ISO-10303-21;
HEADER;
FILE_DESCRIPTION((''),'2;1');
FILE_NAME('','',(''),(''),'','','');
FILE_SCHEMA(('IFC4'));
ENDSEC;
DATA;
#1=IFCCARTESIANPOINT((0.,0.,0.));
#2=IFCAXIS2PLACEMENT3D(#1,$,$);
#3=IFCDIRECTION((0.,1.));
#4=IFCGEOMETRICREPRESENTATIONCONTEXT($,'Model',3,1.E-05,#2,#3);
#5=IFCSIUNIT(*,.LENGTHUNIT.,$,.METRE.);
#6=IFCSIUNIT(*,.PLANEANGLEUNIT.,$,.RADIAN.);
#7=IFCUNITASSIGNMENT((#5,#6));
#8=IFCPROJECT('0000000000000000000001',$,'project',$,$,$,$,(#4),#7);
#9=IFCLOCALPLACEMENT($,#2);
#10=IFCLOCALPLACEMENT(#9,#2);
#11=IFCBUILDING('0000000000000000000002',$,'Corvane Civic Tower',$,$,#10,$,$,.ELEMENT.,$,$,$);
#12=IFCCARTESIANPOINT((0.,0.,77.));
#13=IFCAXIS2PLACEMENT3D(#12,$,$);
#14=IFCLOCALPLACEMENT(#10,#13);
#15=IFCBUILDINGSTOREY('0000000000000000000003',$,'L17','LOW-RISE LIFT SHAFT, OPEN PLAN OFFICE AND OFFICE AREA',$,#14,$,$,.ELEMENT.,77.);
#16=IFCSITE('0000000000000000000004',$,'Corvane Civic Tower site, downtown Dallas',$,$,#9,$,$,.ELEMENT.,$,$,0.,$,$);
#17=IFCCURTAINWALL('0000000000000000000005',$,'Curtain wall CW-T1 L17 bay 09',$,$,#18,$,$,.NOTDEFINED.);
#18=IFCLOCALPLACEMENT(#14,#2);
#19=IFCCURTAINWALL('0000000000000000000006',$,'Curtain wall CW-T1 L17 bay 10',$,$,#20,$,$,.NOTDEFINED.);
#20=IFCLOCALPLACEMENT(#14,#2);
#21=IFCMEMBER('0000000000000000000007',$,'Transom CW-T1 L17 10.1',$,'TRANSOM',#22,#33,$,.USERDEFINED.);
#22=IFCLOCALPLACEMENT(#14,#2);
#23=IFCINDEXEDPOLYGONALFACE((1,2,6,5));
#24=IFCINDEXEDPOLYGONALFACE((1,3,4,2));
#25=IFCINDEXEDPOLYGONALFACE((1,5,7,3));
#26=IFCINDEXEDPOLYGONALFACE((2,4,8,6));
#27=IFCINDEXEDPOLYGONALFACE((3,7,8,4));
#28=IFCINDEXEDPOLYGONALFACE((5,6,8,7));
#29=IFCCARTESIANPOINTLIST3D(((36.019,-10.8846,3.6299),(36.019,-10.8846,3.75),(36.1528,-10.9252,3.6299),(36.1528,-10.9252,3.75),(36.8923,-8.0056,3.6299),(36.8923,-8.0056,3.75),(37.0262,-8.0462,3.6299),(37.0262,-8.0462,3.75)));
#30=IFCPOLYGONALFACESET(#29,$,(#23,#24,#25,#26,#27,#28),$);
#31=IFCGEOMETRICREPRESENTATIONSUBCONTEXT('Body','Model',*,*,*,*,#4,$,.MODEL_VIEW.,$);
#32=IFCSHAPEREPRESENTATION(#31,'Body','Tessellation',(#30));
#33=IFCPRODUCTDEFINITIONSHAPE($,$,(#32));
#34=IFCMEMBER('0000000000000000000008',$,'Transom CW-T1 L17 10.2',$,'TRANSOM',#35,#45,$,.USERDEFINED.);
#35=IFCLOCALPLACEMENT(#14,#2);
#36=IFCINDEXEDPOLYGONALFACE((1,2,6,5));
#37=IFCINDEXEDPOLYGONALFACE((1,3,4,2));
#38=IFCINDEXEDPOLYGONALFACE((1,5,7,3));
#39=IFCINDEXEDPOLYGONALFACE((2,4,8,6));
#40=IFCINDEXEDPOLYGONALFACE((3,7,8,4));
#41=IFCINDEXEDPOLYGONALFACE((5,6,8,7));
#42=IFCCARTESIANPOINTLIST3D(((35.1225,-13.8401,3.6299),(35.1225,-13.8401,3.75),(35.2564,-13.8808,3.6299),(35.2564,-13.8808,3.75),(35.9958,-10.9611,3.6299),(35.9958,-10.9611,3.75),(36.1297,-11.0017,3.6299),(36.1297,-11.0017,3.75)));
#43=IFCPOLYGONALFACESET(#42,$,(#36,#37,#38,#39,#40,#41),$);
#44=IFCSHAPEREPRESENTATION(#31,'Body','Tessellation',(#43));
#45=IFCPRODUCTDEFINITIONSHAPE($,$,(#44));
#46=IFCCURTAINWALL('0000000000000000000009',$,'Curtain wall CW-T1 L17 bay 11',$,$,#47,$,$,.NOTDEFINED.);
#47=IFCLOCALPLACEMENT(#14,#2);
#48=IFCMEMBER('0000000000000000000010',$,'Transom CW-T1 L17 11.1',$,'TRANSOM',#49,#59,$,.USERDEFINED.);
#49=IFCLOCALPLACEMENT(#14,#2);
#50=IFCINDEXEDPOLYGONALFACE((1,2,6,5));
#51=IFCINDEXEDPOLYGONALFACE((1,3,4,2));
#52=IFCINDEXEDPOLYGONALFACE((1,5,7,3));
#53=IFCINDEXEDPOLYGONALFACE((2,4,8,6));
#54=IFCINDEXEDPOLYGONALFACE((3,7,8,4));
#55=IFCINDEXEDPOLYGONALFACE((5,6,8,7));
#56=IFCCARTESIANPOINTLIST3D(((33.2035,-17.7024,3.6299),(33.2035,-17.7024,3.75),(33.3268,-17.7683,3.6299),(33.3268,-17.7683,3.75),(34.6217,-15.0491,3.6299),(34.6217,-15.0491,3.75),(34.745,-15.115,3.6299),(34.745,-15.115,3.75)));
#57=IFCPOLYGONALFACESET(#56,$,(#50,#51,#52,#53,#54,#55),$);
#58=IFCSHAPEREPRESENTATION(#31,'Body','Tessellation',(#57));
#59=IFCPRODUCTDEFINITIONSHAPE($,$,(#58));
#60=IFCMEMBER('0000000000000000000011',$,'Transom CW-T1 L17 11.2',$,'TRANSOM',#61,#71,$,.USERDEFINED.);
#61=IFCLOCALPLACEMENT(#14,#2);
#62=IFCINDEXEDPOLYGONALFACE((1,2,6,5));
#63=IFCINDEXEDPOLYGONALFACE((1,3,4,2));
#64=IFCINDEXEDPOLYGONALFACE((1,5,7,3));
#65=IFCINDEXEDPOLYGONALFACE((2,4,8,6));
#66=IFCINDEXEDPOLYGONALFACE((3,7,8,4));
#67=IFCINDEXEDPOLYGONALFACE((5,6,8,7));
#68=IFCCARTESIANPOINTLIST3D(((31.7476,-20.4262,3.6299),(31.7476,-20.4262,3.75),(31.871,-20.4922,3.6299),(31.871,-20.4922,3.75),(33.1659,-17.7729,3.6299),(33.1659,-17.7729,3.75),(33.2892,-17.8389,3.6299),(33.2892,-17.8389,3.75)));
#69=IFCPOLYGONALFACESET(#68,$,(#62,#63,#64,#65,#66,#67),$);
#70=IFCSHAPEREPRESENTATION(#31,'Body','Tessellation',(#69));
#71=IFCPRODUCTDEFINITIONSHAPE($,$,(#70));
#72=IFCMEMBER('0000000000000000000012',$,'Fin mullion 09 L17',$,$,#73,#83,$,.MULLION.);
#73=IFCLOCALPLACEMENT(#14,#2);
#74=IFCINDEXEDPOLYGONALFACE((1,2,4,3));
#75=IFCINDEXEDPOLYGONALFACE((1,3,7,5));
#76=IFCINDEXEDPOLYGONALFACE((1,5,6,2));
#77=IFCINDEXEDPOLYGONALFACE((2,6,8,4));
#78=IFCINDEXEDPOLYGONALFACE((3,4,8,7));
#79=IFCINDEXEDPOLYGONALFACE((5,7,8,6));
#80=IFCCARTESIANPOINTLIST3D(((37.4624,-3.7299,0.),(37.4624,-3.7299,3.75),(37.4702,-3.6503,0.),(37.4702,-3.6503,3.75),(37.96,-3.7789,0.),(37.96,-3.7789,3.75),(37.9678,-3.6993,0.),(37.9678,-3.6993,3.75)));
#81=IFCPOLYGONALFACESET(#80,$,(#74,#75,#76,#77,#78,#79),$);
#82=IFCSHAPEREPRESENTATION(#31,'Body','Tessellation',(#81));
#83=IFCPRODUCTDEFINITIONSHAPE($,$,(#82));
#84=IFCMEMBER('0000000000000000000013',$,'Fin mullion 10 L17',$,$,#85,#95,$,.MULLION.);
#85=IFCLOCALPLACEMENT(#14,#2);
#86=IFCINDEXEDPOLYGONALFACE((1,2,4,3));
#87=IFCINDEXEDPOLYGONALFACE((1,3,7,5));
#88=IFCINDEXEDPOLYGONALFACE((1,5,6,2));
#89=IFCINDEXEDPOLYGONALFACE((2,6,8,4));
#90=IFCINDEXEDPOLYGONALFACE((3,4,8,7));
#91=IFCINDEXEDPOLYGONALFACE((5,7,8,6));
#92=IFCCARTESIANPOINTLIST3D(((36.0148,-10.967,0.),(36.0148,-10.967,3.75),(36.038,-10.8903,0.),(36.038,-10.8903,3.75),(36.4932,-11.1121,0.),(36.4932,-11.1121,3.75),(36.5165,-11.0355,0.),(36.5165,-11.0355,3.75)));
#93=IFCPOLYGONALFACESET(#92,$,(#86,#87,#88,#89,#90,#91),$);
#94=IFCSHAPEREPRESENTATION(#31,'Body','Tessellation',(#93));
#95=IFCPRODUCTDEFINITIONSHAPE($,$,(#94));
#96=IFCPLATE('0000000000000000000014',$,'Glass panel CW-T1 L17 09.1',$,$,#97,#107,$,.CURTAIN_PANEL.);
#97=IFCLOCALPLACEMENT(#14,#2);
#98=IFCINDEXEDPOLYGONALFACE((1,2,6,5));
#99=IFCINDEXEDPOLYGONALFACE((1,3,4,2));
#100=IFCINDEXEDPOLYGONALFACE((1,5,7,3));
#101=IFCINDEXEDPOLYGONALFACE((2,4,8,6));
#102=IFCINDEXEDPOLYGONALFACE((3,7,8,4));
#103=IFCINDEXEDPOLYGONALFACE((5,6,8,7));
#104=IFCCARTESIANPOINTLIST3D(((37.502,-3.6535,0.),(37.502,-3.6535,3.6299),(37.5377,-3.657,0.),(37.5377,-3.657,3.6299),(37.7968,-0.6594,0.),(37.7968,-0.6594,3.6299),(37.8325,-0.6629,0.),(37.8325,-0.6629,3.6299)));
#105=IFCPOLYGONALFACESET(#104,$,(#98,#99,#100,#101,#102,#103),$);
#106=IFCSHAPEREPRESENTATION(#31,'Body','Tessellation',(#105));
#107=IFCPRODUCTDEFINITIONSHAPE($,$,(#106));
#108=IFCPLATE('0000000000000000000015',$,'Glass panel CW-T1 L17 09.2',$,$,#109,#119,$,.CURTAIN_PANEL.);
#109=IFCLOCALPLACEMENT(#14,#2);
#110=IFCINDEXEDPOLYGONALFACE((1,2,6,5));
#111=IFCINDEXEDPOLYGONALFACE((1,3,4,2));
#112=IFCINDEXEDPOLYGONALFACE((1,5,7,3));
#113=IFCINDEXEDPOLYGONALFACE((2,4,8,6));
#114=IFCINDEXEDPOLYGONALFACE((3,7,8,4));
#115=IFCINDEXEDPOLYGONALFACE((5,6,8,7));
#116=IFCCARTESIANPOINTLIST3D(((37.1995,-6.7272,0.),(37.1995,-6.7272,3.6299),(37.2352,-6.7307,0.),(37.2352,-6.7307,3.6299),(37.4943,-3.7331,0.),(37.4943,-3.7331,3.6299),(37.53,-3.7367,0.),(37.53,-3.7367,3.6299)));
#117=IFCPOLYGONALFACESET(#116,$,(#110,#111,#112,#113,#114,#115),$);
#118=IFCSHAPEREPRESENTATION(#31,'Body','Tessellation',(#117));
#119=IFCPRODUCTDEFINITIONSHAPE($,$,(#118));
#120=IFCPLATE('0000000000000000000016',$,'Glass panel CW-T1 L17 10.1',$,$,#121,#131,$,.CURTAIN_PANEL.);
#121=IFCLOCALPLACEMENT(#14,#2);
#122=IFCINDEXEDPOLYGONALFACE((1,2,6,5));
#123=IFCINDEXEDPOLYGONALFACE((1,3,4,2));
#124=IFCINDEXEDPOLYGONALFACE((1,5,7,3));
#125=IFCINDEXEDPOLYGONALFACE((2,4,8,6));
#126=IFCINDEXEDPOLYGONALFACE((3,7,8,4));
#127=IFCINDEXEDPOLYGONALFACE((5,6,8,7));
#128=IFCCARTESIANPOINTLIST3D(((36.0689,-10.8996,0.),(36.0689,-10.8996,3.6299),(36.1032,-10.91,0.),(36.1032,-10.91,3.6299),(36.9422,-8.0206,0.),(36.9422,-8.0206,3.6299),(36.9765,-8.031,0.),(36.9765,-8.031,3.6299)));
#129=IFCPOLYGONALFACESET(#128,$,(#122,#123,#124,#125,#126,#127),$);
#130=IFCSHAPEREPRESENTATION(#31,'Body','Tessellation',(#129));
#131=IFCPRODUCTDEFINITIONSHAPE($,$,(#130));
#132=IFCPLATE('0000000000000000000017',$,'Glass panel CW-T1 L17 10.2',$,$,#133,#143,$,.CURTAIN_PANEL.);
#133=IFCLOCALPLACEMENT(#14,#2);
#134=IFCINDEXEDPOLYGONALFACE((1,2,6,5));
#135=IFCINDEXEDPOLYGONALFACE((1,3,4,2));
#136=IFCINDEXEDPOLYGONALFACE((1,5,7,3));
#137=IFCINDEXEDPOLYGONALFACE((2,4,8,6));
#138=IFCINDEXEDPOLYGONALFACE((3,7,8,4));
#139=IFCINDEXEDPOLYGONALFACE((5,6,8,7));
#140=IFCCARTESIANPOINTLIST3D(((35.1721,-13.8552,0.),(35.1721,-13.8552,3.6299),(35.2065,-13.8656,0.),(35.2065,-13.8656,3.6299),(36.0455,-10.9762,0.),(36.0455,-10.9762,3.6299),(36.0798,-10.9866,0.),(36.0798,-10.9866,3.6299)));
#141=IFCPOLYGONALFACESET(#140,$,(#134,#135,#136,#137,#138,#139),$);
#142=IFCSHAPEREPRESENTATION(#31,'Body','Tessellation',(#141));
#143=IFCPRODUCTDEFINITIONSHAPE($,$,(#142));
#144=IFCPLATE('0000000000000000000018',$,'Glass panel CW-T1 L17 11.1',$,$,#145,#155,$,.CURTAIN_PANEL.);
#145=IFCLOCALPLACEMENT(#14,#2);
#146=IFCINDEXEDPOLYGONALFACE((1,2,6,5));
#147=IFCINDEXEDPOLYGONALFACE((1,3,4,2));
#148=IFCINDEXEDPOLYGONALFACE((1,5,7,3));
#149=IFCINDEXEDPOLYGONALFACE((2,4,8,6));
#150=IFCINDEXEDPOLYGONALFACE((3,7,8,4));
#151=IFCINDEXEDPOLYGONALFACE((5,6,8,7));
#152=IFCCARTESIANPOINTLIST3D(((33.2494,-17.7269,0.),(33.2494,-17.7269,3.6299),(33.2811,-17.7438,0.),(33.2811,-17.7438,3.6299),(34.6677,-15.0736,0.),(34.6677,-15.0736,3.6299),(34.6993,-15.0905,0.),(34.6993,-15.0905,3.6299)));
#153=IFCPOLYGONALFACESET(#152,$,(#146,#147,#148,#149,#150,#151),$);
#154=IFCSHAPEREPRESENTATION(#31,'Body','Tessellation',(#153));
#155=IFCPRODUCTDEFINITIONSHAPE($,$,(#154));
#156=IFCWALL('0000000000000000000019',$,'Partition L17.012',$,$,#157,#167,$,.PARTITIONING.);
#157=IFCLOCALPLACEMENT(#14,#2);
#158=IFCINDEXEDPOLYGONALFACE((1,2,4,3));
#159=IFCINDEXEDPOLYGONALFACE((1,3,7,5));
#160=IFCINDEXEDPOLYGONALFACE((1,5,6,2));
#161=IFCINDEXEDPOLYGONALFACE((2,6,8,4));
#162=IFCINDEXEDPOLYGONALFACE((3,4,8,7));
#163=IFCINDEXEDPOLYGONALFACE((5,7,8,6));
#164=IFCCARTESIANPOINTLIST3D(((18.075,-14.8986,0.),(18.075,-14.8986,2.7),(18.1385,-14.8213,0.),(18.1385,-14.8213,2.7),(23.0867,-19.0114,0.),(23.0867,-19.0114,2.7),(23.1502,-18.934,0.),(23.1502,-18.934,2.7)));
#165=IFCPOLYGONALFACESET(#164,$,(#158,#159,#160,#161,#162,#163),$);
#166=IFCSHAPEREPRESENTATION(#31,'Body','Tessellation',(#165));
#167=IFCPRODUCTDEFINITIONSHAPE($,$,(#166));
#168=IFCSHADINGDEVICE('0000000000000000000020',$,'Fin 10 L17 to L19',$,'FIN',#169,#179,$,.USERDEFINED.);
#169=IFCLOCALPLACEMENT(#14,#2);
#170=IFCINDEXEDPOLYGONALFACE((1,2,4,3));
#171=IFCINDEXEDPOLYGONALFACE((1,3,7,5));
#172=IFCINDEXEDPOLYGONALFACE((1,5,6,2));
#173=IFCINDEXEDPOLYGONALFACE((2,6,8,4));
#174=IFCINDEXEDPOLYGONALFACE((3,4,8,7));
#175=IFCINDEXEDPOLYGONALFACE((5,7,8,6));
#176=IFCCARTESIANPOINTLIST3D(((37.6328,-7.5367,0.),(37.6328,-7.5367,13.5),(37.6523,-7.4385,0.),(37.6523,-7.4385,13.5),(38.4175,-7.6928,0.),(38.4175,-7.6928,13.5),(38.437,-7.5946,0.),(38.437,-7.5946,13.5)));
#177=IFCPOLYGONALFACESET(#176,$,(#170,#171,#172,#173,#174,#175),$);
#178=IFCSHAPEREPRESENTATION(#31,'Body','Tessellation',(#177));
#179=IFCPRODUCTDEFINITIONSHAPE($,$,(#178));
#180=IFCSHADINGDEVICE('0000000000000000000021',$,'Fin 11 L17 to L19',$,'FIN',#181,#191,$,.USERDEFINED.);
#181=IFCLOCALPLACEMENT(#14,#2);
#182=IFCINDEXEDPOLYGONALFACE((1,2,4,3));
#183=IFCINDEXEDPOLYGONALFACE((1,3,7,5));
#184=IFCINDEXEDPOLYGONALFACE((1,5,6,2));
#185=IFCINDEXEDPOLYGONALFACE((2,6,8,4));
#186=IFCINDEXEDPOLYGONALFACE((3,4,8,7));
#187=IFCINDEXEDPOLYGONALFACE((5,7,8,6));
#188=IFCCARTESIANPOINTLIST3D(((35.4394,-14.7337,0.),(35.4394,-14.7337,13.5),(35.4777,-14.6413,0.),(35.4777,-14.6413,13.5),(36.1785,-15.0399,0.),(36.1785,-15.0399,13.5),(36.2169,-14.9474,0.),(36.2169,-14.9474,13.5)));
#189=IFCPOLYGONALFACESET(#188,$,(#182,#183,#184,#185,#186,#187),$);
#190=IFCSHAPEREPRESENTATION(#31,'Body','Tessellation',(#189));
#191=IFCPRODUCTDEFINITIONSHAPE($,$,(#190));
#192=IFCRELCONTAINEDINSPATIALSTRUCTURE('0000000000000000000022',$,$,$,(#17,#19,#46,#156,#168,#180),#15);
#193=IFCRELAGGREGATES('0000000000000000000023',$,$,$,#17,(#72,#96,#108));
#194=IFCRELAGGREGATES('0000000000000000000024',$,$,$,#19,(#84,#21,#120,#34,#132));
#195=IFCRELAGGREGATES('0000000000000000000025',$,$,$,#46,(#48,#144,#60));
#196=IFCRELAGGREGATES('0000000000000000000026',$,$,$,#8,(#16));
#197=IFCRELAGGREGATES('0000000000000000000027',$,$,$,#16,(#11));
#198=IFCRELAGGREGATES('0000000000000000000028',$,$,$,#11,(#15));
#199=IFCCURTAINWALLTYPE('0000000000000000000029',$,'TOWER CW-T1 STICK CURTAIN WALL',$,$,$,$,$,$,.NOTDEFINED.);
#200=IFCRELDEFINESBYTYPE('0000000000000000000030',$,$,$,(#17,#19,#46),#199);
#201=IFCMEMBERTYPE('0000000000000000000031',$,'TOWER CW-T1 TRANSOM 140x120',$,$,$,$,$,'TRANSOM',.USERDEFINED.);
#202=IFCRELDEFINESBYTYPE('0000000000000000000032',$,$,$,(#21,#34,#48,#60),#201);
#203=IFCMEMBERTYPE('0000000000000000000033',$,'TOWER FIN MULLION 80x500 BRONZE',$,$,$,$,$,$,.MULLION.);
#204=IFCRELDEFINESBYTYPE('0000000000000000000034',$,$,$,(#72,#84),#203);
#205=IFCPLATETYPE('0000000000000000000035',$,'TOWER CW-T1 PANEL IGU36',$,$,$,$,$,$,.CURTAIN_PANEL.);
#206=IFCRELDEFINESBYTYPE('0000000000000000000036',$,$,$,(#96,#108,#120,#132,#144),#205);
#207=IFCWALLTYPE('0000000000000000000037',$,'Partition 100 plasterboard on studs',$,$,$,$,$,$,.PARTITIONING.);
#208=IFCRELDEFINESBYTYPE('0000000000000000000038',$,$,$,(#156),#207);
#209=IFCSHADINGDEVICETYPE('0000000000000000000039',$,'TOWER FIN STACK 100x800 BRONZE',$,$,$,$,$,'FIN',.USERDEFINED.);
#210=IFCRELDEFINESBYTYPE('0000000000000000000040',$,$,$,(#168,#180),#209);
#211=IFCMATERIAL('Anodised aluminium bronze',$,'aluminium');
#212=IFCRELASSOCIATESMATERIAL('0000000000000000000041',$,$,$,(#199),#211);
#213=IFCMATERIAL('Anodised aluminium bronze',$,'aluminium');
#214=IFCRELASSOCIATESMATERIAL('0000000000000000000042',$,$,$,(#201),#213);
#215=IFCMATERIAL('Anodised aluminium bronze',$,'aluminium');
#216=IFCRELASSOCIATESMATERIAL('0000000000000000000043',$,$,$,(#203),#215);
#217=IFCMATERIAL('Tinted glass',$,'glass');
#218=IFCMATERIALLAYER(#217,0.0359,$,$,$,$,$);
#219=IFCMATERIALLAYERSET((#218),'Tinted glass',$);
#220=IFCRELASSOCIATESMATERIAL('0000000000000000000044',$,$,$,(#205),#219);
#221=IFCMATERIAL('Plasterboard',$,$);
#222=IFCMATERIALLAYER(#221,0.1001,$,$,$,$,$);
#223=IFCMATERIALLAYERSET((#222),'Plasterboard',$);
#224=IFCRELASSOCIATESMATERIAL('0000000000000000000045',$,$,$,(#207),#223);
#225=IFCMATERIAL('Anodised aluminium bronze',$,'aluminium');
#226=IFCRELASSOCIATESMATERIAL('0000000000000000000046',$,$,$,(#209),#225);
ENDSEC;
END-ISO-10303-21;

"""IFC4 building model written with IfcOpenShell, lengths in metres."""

from ifc_helpers import new_model, si_unit, direction, frame, frame_2d, origin, origin_2d, place, context, subcontext, project, spatial, rectangle, extrude, material, layer, layer_set, material_profile, profile_set, type_object, element, aggregate, save


model = new_model("IFC4")

# Units and contexts
model_context = context("Model", 3, precision=1e-05, world=origin(), true_north=direction((0.0, 1.0)))
body_context = subcontext(model_context, "Body", "Model", "MODEL_VIEW")
ifc_project = project(units=[si_unit("LENGTHUNIT", "METRE"), si_unit("PLANEANGLEUNIT", "RADIAN")], contexts=[model_context])

# Site, building, storey
site_placement = place(None, origin())
site = spatial("IfcSite", under=ifc_project, at=site_placement, Name="Corvane Civic Tower site, downtown Dallas", CompositionType="ELEMENT", RefElevation=0.0)
building_placement = place(site_placement, origin())
building = spatial("IfcBuilding", under=site, at=building_placement, Name="Corvane Civic Tower", CompositionType="ELEMENT")
storey_placement = place(building_placement, frame((0.0, 0.0, 77.0)))
storey = spatial("IfcBuildingStorey", under=building, at=storey_placement, Name="L17", Description="LOW-RISE LIFT SHAFT, OPEN PLAN OFFICE AND OFFICE AREA", CompositionType="ELEMENT", Elevation=77.0)

# Curtain walls, members
ifc_material_1 = material(Name="Anodised aluminium bronze", Category="aluminium")
curtain_wall_type = type_object("IfcCurtainWallType", Name="TOWER CW-T1 STICK CURTAIN WALL", PredefinedType="NOTDEFINED", material=ifc_material_1)
curtain_wall_1_placement = place(storey_placement, origin())
curtain_wall_1 = element("IfcCurtainWall", 1, at=curtain_wall_1_placement, inside=storey, type_object=curtain_wall_type, Name="Curtain wall CW-T1 L17 bay 09", PredefinedType="NOTDEFINED")
ifc_material_2 = material(Name="Anodised aluminium bronze", Category="aluminium")
ifc_material_profile_1 = material_profile(ifc_material_2, rectangle(XDim=0.1399, YDim=0.1201, at=origin_2d()), Name="TOWER CW-T1 TRANSOM 140x120")
ifc_profile_set_1 = profile_set([ifc_material_profile_1], Name="Anodised aluminium bronze")
member_type_1 = type_object("IfcMemberType", Name="TOWER CW-T1 TRANSOM 140x120", ElementType="TRANSOM", PredefinedType="USERDEFINED", material=ifc_profile_set_1)
curtain_wall_2_placement = place(storey_placement, origin())
curtain_wall_2 = element("IfcCurtainWall", 2, at=curtain_wall_2_placement, inside=storey, type_object=curtain_wall_type, Name="Curtain wall CW-T1 L17 bay 10", PredefinedType="NOTDEFINED")
member_1_placement = place(storey_placement, frame((36.9592, -8.0259, 3.6899), z_axis=(-0.29028, -0.956942, 0.0), x_axis=(0.956942, -0.29028, 0.0)))
member_1 = element("IfcMember", 3, at=member_1_placement, type_object=member_type_1, Name="Transom CW-T1 L17 10.1", ObjectType="TRANSOM", PredefinedType="USERDEFINED", context=body_context, shape_type="SweptSolid", body=[
    extrude(rectangle(XDim=0.1399, YDim=0.1201, at=origin_2d()), origin(), (0.0, 0.0, 1.0), 3.0085),
])
member_2_placement = place(storey_placement, frame((36.0627, -10.9814, 3.6899), z_axis=(-0.29028, -0.956942, 0.0), x_axis=(0.956942, -0.29028, 0.0)))
member_2 = element("IfcMember", 4, at=member_2_placement, type_object=member_type_1, Name="Transom CW-T1 L17 10.2", ObjectType="TRANSOM", PredefinedType="USERDEFINED", context=body_context, shape_type="SweptSolid", body=[
    extrude(rectangle(XDim=0.1399, YDim=0.1201, at=origin_2d()), origin(), (0.0, 0.0, 1.0), 3.0085),
])
curtain_wall_3_placement = place(storey_placement, origin())
curtain_wall_3 = element("IfcCurtainWall", 5, at=curtain_wall_3_placement, inside=storey, type_object=curtain_wall_type, Name="Curtain wall CW-T1 L17 bay 11", PredefinedType="NOTDEFINED")
member_3_placement = place(storey_placement, frame((34.6833, -15.082, 3.6899), z_axis=(-0.471393, -0.881924, 0.0), x_axis=(0.881924, -0.471393, 0.0)))
member_3 = element("IfcMember", 6, at=member_3_placement, type_object=member_type_1, Name="Transom CW-T1 L17 11.1", ObjectType="TRANSOM", PredefinedType="USERDEFINED", context=body_context, shape_type="SweptSolid", body=[
    extrude(rectangle(XDim=0.1399, YDim=0.1201, at=origin_2d()), origin(), (0.0, 0.0, 1.0), 3.0085),
])
member_4_placement = place(storey_placement, frame((33.2275, -17.8059, 3.6899), z_axis=(-0.471393, -0.881924, 0.0), x_axis=(0.881924, -0.471393, 0.0)))
member_4 = element("IfcMember", 7, at=member_4_placement, type_object=member_type_1, Name="Transom CW-T1 L17 11.2", ObjectType="TRANSOM", PredefinedType="USERDEFINED", context=body_context, shape_type="SweptSolid", body=[
    extrude(rectangle(XDim=0.1399, YDim=0.1201, at=origin_2d()), origin(), (0.0, 0.0, 1.0), 3.0085),
])

# Members
ifc_material_3 = material(Name="Anodised aluminium bronze", Category="aluminium")
ifc_material_profile_2 = material_profile(ifc_material_3, rectangle(XDim=0.0801, YDim=0.5, at=origin_2d()), Name="TOWER FIN MULLION 80x500 BRONZE")
ifc_profile_set_2 = profile_set([ifc_material_profile_2], Name="Anodised aluminium bronze")
member_type_2 = type_object("IfcMemberType", Name="TOWER FIN MULLION 80x500 BRONZE", PredefinedType="MULLION", material=ifc_profile_set_2)
member_5_placement = place(storey_placement, frame((37.7151, -3.7146, 0.0), z_axis=(0.0, 0.0, 1.0), x_axis=(-0.098006, -0.995186, 0.0)))
member_5 = element("IfcMember", 8, at=member_5_placement, type_object=member_type_2, Name="Fin mullion 09 L17", PredefinedType="MULLION", context=body_context, shape_type="SweptSolid", body=[
    extrude(rectangle(XDim=0.0801, YDim=0.5, at=origin_2d()), origin(), (0.0, 0.0, 1.0), 3.75),
])
member_6_placement = place(storey_placement, frame((36.2656, -11.0012, 0.0), z_axis=(0.0, 0.0, 1.0), x_axis=(-0.290278, -0.956942, 0.0)))
member_6 = element("IfcMember", 9, at=member_6_placement, type_object=member_type_2, Name="Fin mullion 10 L17", PredefinedType="MULLION", context=body_context, shape_type="SweptSolid", body=[
    extrude(rectangle(XDim=0.0801, YDim=0.5, at=origin_2d()), origin(), (0.0, 0.0, 1.0), 3.75),
])

# Plates
ifc_material_4 = material(Name="Tinted glass", Category="glass")
ifc_layer_1 = layer(ifc_material_4, 0.0359)
ifc_layer_set_1 = layer_set([ifc_layer_1], Name="Tinted glass")
plate_type = type_object("IfcPlateType", Name="TOWER CW-T1 PANEL IGU36", PredefinedType="CURTAIN_PANEL", material=ifc_layer_set_1)
plate_1_placement = place(storey_placement, frame((37.6672, -2.1582, 0.0), z_axis=(0.0, 0.0, 1.0), x_axis=(-0.098006, -0.995186, 0.0)))
plate_1 = element("IfcPlate", 10, at=plate_1_placement, type_object=plate_type, Name="Glass panel CW-T1 L17 09.1", PredefinedType="CURTAIN_PANEL", context=body_context, shape_type="SweptSolid", body=[
    extrude(rectangle(XDim=3.0085, YDim=0.0359, at=origin_2d()), origin(), (0.0, 0.0, 1.0), 3.6299),
])
plate_2_placement = place(storey_placement, frame((37.3647, -5.2319, 0.0), z_axis=(0.0, 0.0, 1.0), x_axis=(-0.098006, -0.995186, 0.0)))
plate_2 = element("IfcPlate", 11, at=plate_2_placement, type_object=plate_type, Name="Glass panel CW-T1 L17 09.2", PredefinedType="CURTAIN_PANEL", context=body_context, shape_type="SweptSolid", body=[
    extrude(rectangle(XDim=3.0085, YDim=0.0359, at=origin_2d()), origin(), (0.0, 0.0, 1.0), 3.6299),
])
aggregate(curtain_wall_1, [member_5, plate_1, plate_2])
plate_3_placement = place(storey_placement, frame((36.5227, -9.4653, 0.0), z_axis=(0.0, 0.0, 1.0), x_axis=(-0.290278, -0.956942, 0.0)))
plate_3 = element("IfcPlate", 12, at=plate_3_placement, type_object=plate_type, Name="Glass panel CW-T1 L17 10.1", PredefinedType="CURTAIN_PANEL", context=body_context, shape_type="SweptSolid", body=[
    extrude(rectangle(XDim=3.0085, YDim=0.0359, at=origin_2d()), origin(), (0.0, 0.0, 1.0), 3.6299),
])
plate_4_placement = place(storey_placement, frame((35.626, -12.4209, 0.0), z_axis=(0.0, 0.0, 1.0), x_axis=(-0.290278, -0.956942, 0.0)))
plate_4 = element("IfcPlate", 13, at=plate_4_placement, type_object=plate_type, Name="Glass panel CW-T1 L17 10.2", PredefinedType="CURTAIN_PANEL", context=body_context, shape_type="SweptSolid", body=[
    extrude(rectangle(XDim=3.0085, YDim=0.0359, at=origin_2d()), origin(), (0.0, 0.0, 1.0), 3.6299),
])
aggregate(curtain_wall_2, [member_6, member_1, plate_3, member_2, plate_4])
plate_5_placement = place(storey_placement, frame((33.9744, -16.4087, 0.0), z_axis=(0.0, 0.0, 1.0), x_axis=(-0.471404, -0.881918, 0.0)))
plate_5 = element("IfcPlate", 14, at=plate_5_placement, type_object=plate_type, Name="Glass panel CW-T1 L17 11.1", PredefinedType="CURTAIN_PANEL", context=body_context, shape_type="SweptSolid", body=[
    extrude(rectangle(XDim=3.0085, YDim=0.0359, at=origin_2d()), origin(), (0.0, 0.0, 1.0), 3.6299),
])
aggregate(curtain_wall_3, [member_3, plate_5, member_4])

# Wall
ifc_material_5 = material(Name="Plasterboard")
ifc_layer_2 = layer(ifc_material_5, 0.1001)
ifc_layer_set_2 = layer_set([ifc_layer_2], Name="Plasterboard")
wall_type = type_object("IfcWallType", Name="Partition 100 plasterboard on studs", PredefinedType="PARTITIONING", material=ifc_layer_set_2)
wall_placement = place(storey_placement, frame((18.1067, -14.8599, 0.0), z_axis=(0.0, 0.0, 1.0), x_axis=(0.773027, -0.634373, 0.0)))
element("IfcWall", 15, at=wall_placement, inside=storey, type_object=wall_type, Name="Partition L17.012", PredefinedType="PARTITIONING", context=body_context, shape_type="SweptSolid", body=[
    extrude(rectangle(XDim=6.4832, YDim=0.1001, at=frame_2d((3.2417, 0.0))), origin(), (0.0, 0.0, 1.0), 2.7),
])

# Shading devices
ifc_material_6 = material(Name="Anodised aluminium bronze", Category="aluminium")
ifc_material_profile_3 = material_profile(ifc_material_6, rectangle(XDim=0.1001, YDim=0.8, at=origin_2d()), Name="TOWER FIN STACK 100x800 BRONZE")
ifc_profile_set_3 = profile_set([ifc_material_profile_3], Name="Anodised aluminium bronze")
shading_device_type = type_object("IfcShadingDeviceType", Name="TOWER FIN STACK 100x800 BRONZE", ElementType="FIN", PredefinedType="USERDEFINED", material=ifc_profile_set_3)
for number, where, z_axis, x_axis, name in (
    (16, (38.0349, -7.5657, 0.0), (0.0, 0.0, 1.0), (-0.19509, -0.980785, 0.0), "Fin 10 L17 to L19"),
    (17, (35.8281, -14.8406, 0.0), (0.0, 0.0, 1.0), (-0.382683, -0.92388, 0.0), "Fin 11 L17 to L19"),
):
    element("IfcShadingDevice", number, at=place(storey_placement, frame(where, z_axis=z_axis, x_axis=x_axis)), inside=storey, type_object=shading_device_type, Name=name, ObjectType="FIN", PredefinedType="USERDEFINED", context=body_context, shape_type="SweptSolid", body=[
        extrude(rectangle(XDim=0.1001, YDim=0.8, at=origin_2d()), origin(), (0.0, 0.0, 1.0), 13.5),
    ])

save(model, "model.ifc")
